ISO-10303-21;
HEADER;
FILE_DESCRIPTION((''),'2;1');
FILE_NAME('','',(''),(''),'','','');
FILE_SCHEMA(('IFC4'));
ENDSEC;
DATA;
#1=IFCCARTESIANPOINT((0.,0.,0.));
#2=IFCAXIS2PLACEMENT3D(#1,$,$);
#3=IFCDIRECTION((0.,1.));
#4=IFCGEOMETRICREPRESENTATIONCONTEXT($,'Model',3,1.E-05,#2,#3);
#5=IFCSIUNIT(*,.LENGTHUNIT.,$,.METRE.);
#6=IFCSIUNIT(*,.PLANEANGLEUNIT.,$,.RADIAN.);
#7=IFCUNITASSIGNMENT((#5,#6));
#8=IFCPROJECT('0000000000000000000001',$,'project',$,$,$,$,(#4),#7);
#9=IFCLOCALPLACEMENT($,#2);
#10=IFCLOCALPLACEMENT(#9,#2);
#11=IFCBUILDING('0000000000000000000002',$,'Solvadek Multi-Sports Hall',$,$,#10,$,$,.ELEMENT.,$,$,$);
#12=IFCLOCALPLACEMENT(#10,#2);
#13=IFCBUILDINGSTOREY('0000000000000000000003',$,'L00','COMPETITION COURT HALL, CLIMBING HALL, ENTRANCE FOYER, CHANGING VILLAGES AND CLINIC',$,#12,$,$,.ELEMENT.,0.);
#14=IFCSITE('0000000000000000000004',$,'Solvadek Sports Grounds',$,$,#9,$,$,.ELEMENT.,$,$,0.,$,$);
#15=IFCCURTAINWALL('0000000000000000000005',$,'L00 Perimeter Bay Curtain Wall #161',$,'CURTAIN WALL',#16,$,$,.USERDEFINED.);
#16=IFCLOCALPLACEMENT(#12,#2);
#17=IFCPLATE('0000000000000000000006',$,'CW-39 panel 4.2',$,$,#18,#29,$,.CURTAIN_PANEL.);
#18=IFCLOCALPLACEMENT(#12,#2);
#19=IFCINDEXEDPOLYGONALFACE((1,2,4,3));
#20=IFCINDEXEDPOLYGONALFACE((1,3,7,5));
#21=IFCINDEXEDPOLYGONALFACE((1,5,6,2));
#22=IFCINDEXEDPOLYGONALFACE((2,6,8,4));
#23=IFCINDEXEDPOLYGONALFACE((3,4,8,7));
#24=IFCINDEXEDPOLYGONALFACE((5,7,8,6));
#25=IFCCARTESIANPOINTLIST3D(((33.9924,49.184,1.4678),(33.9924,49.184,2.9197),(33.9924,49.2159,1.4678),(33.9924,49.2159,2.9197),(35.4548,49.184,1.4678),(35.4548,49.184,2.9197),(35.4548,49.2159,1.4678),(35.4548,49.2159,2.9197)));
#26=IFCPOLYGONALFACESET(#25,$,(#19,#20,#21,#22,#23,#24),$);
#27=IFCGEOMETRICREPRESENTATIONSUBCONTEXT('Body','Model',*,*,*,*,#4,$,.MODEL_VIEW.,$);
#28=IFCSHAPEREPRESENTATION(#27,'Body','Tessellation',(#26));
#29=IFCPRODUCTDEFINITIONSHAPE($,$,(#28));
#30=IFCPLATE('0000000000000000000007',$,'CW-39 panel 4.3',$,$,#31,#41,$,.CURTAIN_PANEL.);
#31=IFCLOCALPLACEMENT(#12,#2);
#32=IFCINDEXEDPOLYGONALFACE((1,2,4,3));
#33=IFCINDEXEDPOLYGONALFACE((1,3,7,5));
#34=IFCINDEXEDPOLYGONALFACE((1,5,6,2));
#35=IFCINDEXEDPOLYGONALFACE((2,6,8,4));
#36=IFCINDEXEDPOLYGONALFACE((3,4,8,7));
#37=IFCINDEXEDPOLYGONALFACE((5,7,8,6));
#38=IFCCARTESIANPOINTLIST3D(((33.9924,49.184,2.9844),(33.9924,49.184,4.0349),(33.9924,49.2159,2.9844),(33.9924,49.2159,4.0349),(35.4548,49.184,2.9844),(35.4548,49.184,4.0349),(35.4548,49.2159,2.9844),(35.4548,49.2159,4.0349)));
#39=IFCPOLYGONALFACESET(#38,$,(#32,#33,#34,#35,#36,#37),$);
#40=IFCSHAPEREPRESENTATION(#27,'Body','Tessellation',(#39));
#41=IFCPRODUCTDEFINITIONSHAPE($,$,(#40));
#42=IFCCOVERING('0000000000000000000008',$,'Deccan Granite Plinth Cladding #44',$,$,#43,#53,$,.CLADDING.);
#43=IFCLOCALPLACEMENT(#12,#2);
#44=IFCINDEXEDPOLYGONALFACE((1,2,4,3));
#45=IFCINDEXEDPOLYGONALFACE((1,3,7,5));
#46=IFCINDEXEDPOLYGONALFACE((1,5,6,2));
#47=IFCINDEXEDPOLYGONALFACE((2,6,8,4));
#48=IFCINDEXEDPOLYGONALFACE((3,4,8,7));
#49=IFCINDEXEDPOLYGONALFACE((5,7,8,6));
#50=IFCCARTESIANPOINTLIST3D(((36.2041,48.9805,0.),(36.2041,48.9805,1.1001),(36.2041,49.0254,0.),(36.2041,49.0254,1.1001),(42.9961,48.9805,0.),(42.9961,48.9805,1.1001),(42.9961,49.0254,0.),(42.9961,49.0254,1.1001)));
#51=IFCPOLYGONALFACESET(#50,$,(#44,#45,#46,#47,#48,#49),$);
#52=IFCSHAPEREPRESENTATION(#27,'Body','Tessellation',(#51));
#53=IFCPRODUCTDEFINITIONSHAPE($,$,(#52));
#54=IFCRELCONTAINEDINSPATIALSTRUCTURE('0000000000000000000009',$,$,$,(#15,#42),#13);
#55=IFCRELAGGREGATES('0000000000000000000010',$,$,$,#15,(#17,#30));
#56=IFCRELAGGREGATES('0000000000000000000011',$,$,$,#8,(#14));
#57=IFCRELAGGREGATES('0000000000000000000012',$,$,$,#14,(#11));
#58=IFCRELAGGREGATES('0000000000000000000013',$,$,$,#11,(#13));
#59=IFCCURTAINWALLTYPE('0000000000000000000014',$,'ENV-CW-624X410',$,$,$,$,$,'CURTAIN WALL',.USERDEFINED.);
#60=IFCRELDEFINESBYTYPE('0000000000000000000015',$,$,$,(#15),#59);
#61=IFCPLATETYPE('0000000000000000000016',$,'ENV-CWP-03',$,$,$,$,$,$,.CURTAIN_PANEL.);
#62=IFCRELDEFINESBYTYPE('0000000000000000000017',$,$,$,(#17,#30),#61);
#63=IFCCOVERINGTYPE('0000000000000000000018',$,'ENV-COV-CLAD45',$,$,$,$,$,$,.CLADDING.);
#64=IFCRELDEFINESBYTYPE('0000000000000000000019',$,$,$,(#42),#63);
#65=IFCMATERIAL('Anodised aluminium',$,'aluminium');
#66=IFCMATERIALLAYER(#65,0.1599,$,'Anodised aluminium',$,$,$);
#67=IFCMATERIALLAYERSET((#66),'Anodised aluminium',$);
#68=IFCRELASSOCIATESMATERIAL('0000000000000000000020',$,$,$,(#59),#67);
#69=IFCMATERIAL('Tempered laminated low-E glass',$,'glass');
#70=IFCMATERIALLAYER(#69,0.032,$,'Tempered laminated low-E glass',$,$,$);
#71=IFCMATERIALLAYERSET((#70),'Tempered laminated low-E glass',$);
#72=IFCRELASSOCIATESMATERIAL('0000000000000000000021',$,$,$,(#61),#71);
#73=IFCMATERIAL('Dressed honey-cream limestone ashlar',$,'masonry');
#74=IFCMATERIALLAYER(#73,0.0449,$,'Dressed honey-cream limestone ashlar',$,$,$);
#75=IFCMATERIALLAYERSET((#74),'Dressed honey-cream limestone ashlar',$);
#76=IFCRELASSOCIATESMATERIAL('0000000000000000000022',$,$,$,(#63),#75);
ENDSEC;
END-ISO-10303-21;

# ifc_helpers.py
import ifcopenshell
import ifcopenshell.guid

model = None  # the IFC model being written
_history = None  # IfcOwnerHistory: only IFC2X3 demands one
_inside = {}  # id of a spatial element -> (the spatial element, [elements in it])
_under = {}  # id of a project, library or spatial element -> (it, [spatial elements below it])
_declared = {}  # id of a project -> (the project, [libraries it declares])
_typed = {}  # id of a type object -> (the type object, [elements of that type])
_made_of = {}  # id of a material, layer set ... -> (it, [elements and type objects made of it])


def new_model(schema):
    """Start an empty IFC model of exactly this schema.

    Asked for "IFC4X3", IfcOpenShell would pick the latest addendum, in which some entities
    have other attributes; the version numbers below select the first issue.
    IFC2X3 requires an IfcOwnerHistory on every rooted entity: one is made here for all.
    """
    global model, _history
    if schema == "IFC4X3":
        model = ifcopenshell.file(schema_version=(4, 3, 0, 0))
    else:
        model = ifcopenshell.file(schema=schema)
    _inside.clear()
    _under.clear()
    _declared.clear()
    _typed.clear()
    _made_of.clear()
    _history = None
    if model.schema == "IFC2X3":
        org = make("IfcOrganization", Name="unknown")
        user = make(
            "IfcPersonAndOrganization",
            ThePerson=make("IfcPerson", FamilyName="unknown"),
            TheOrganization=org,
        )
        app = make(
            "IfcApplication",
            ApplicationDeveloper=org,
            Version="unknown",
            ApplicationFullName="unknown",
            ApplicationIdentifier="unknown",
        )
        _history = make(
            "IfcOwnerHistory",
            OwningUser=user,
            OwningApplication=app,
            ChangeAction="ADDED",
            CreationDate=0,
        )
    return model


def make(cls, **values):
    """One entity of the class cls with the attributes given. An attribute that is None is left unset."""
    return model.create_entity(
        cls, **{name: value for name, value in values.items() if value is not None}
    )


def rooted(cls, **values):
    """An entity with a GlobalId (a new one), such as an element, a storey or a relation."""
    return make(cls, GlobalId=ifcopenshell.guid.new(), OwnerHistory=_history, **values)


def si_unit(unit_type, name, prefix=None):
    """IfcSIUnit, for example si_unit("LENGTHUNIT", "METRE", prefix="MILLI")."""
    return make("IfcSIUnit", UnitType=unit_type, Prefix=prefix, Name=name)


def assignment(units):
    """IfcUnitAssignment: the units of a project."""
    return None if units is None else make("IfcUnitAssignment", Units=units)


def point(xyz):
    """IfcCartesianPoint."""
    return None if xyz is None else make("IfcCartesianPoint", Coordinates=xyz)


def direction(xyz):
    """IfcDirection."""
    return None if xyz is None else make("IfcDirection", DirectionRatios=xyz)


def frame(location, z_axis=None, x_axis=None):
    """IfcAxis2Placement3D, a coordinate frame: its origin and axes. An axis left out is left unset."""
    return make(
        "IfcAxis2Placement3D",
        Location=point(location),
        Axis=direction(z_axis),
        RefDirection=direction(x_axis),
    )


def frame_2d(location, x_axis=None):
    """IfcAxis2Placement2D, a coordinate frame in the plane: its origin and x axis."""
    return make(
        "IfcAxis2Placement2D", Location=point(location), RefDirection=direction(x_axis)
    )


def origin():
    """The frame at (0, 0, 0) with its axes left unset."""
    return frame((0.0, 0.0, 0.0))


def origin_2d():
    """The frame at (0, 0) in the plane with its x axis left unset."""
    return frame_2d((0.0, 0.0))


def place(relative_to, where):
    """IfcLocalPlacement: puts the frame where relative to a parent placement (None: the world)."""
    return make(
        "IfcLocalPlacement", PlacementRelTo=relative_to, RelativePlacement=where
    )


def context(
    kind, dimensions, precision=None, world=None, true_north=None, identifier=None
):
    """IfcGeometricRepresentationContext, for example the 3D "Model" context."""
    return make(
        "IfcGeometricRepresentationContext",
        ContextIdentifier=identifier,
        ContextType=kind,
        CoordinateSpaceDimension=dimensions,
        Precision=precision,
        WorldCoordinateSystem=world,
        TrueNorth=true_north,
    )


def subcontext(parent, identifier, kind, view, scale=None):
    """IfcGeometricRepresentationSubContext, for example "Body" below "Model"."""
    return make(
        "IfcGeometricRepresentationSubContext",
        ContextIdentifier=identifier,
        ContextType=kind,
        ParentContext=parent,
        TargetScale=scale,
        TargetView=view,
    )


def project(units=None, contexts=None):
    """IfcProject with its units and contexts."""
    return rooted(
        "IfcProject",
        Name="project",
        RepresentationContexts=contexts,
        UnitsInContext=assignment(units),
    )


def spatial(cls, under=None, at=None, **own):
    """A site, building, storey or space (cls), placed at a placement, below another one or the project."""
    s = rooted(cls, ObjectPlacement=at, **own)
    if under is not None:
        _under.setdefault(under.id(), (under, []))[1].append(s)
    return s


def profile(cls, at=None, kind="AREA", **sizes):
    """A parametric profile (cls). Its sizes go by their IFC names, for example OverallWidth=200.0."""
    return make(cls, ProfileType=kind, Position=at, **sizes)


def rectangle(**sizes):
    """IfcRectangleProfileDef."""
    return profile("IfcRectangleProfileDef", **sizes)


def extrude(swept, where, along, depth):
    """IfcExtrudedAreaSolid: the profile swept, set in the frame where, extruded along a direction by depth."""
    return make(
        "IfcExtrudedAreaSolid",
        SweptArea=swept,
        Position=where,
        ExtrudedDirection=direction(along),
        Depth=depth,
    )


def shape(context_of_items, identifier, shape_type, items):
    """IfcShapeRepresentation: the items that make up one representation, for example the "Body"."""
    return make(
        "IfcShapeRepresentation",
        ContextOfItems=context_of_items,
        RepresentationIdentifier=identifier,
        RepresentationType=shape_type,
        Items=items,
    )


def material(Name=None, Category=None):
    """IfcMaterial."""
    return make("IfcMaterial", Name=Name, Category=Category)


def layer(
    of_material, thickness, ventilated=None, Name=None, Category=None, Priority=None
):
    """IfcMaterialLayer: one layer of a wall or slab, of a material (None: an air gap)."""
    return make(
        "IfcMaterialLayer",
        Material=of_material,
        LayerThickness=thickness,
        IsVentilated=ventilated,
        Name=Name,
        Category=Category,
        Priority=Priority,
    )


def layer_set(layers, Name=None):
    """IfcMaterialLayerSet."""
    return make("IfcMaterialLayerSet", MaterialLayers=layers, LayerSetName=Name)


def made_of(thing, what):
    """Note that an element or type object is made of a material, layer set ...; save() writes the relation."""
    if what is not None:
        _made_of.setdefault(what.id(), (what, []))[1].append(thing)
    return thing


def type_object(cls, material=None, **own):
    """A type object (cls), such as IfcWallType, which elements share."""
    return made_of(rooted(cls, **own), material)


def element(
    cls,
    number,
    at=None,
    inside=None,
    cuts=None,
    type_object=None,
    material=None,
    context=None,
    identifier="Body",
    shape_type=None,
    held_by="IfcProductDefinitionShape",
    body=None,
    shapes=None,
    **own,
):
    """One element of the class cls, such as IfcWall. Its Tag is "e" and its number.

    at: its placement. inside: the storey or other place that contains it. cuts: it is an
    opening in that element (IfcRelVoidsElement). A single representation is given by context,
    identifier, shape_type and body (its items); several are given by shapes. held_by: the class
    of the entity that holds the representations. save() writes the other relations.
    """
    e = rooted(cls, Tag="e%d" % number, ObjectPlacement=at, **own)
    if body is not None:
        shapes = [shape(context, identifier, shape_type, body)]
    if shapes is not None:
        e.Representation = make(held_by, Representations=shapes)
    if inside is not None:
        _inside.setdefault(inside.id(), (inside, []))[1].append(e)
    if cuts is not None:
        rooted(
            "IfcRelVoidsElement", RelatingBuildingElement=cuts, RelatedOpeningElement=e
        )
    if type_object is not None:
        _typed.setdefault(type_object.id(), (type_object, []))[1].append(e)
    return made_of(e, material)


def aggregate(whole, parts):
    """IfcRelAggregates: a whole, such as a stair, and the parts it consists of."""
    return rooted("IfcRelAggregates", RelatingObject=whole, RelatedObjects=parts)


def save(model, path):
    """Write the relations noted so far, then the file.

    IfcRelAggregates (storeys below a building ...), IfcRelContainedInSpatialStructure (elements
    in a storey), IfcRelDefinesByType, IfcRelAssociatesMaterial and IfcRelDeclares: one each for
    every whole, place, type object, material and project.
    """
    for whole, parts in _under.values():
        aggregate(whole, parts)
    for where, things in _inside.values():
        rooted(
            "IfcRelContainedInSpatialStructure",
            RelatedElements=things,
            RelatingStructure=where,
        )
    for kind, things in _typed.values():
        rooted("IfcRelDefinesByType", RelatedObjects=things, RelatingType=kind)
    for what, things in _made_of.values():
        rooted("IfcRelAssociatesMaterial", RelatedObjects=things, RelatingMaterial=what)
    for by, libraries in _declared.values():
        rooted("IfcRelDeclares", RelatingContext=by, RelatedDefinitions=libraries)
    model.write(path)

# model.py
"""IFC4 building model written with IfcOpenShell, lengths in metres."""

from ifc_helpers import new_model, si_unit, direction, frame, origin, origin_2d, place, context, subcontext, project, spatial, rectangle, extrude, material, layer, layer_set, type_object, element, aggregate, save


model = new_model("IFC4")

# Units and contexts
model_context = context("Model", 3, precision=1e-05, world=origin(), true_north=direction((0.0, 1.0)))
body_context = subcontext(model_context, "Body", "Model", "MODEL_VIEW")
ifc_project = project(units=[si_unit("LENGTHUNIT", "METRE"), si_unit("PLANEANGLEUNIT", "RADIAN")], contexts=[model_context])

# Site, building, storey
site_placement = place(None, origin())
site = spatial("IfcSite", under=ifc_project, at=site_placement, Name="Solvadek Sports Grounds", CompositionType="ELEMENT", RefElevation=0.0)
building_placement = place(site_placement, origin())
building = spatial("IfcBuilding", under=site, at=building_placement, Name="Solvadek Multi-Sports Hall", CompositionType="ELEMENT")
storey_placement = place(building_placement, origin())
storey = spatial("IfcBuildingStorey", under=building, at=storey_placement, Name="L00", Description="COMPETITION COURT HALL, CLIMBING HALL, ENTRANCE FOYER, CHANGING VILLAGES AND CLINIC", CompositionType="ELEMENT", Elevation=0.0)

# Curtain wall
ifc_material_1 = material(Name="Anodised aluminium", Category="aluminium")
ifc_layer_1 = layer(ifc_material_1, 0.1599, Name="Anodised aluminium")
ifc_layer_set_1 = layer_set([ifc_layer_1], Name="Anodised aluminium")
curtain_wall_type = type_object("IfcCurtainWallType", Name="ENV-CW-624X410", ElementType="CURTAIN WALL", PredefinedType="USERDEFINED", material=ifc_layer_set_1)
curtain_wall_placement = place(storey_placement, origin())
curtain_wall = element("IfcCurtainWall", 1, at=curtain_wall_placement, inside=storey, type_object=curtain_wall_type, Name="L00 Perimeter Bay Curtain Wall #161", ObjectType="CURTAIN WALL", PredefinedType="USERDEFINED")

# Plates
ifc_material_2 = material(Name="Tempered laminated low-E glass", Category="glass")
ifc_layer_2 = layer(ifc_material_2, 0.032, Name="Tempered laminated low-E glass")
ifc_layer_set_2 = layer_set([ifc_layer_2], Name="Tempered laminated low-E glass")
plate_type = type_object("IfcPlateType", Name="ENV-CWP-03", PredefinedType="CURTAIN_PANEL", material=ifc_layer_set_2)
plate_1_placement = place(storey_placement, frame((34.7236, 49.2, 1.4678), z_axis=(0.0, 0.0, 1.0), x_axis=(1.0, 0.0, 0.0)))
plate_1 = element("IfcPlate", 2, at=plate_1_placement, type_object=plate_type, Name="CW-39 panel 4.2", PredefinedType="CURTAIN_PANEL", context=body_context, shape_type="SweptSolid", body=[
    extrude(rectangle(XDim=1.4624, YDim=0.032, at=origin_2d()), origin(), (0.0, 0.0, 1.0), 1.4519),
])
plate_2_placement = place(storey_placement, frame((34.7236, 49.2, 2.9844), z_axis=(0.0, 0.0, 1.0), x_axis=(1.0, 0.0, 0.0)))
plate_2 = element("IfcPlate", 3, at=plate_2_placement, type_object=plate_type, Name="CW-39 panel 4.3", PredefinedType="CURTAIN_PANEL", context=body_context, shape_type="SweptSolid", body=[
    extrude(rectangle(XDim=1.4624, YDim=0.032, at=origin_2d()), origin(), (0.0, 0.0, 1.0), 1.0505),
])
aggregate(curtain_wall, [plate_1, plate_2])

# Covering
ifc_material_3 = material(Name="Dressed honey-cream limestone ashlar", Category="masonry")
ifc_layer_3 = layer(ifc_material_3, 0.0449, Name="Dressed honey-cream limestone ashlar")
ifc_layer_set_3 = layer_set([ifc_layer_3], Name="Dressed honey-cream limestone ashlar")
covering_type = type_object("IfcCoveringType", Name="ENV-COV-CLAD45", PredefinedType="CLADDING", material=ifc_layer_set_3)
covering_placement = place(storey_placement, frame((39.6001, 49.0029, 0.0), z_axis=(0.0, 0.0, 1.0), x_axis=(1.0, 0.0, 0.0)))
element("IfcCovering", 4, at=covering_placement, inside=storey, type_object=covering_type, Name="Deccan Granite Plinth Cladding #44", PredefinedType="CLADDING", context=body_context, shape_type="SweptSolid", body=[
    extrude(rectangle(XDim=6.792, YDim=0.0449, at=origin_2d()), origin(), (0.0, 0.0, 1.0), 1.1001),
])

save(model, "model.ifc")
